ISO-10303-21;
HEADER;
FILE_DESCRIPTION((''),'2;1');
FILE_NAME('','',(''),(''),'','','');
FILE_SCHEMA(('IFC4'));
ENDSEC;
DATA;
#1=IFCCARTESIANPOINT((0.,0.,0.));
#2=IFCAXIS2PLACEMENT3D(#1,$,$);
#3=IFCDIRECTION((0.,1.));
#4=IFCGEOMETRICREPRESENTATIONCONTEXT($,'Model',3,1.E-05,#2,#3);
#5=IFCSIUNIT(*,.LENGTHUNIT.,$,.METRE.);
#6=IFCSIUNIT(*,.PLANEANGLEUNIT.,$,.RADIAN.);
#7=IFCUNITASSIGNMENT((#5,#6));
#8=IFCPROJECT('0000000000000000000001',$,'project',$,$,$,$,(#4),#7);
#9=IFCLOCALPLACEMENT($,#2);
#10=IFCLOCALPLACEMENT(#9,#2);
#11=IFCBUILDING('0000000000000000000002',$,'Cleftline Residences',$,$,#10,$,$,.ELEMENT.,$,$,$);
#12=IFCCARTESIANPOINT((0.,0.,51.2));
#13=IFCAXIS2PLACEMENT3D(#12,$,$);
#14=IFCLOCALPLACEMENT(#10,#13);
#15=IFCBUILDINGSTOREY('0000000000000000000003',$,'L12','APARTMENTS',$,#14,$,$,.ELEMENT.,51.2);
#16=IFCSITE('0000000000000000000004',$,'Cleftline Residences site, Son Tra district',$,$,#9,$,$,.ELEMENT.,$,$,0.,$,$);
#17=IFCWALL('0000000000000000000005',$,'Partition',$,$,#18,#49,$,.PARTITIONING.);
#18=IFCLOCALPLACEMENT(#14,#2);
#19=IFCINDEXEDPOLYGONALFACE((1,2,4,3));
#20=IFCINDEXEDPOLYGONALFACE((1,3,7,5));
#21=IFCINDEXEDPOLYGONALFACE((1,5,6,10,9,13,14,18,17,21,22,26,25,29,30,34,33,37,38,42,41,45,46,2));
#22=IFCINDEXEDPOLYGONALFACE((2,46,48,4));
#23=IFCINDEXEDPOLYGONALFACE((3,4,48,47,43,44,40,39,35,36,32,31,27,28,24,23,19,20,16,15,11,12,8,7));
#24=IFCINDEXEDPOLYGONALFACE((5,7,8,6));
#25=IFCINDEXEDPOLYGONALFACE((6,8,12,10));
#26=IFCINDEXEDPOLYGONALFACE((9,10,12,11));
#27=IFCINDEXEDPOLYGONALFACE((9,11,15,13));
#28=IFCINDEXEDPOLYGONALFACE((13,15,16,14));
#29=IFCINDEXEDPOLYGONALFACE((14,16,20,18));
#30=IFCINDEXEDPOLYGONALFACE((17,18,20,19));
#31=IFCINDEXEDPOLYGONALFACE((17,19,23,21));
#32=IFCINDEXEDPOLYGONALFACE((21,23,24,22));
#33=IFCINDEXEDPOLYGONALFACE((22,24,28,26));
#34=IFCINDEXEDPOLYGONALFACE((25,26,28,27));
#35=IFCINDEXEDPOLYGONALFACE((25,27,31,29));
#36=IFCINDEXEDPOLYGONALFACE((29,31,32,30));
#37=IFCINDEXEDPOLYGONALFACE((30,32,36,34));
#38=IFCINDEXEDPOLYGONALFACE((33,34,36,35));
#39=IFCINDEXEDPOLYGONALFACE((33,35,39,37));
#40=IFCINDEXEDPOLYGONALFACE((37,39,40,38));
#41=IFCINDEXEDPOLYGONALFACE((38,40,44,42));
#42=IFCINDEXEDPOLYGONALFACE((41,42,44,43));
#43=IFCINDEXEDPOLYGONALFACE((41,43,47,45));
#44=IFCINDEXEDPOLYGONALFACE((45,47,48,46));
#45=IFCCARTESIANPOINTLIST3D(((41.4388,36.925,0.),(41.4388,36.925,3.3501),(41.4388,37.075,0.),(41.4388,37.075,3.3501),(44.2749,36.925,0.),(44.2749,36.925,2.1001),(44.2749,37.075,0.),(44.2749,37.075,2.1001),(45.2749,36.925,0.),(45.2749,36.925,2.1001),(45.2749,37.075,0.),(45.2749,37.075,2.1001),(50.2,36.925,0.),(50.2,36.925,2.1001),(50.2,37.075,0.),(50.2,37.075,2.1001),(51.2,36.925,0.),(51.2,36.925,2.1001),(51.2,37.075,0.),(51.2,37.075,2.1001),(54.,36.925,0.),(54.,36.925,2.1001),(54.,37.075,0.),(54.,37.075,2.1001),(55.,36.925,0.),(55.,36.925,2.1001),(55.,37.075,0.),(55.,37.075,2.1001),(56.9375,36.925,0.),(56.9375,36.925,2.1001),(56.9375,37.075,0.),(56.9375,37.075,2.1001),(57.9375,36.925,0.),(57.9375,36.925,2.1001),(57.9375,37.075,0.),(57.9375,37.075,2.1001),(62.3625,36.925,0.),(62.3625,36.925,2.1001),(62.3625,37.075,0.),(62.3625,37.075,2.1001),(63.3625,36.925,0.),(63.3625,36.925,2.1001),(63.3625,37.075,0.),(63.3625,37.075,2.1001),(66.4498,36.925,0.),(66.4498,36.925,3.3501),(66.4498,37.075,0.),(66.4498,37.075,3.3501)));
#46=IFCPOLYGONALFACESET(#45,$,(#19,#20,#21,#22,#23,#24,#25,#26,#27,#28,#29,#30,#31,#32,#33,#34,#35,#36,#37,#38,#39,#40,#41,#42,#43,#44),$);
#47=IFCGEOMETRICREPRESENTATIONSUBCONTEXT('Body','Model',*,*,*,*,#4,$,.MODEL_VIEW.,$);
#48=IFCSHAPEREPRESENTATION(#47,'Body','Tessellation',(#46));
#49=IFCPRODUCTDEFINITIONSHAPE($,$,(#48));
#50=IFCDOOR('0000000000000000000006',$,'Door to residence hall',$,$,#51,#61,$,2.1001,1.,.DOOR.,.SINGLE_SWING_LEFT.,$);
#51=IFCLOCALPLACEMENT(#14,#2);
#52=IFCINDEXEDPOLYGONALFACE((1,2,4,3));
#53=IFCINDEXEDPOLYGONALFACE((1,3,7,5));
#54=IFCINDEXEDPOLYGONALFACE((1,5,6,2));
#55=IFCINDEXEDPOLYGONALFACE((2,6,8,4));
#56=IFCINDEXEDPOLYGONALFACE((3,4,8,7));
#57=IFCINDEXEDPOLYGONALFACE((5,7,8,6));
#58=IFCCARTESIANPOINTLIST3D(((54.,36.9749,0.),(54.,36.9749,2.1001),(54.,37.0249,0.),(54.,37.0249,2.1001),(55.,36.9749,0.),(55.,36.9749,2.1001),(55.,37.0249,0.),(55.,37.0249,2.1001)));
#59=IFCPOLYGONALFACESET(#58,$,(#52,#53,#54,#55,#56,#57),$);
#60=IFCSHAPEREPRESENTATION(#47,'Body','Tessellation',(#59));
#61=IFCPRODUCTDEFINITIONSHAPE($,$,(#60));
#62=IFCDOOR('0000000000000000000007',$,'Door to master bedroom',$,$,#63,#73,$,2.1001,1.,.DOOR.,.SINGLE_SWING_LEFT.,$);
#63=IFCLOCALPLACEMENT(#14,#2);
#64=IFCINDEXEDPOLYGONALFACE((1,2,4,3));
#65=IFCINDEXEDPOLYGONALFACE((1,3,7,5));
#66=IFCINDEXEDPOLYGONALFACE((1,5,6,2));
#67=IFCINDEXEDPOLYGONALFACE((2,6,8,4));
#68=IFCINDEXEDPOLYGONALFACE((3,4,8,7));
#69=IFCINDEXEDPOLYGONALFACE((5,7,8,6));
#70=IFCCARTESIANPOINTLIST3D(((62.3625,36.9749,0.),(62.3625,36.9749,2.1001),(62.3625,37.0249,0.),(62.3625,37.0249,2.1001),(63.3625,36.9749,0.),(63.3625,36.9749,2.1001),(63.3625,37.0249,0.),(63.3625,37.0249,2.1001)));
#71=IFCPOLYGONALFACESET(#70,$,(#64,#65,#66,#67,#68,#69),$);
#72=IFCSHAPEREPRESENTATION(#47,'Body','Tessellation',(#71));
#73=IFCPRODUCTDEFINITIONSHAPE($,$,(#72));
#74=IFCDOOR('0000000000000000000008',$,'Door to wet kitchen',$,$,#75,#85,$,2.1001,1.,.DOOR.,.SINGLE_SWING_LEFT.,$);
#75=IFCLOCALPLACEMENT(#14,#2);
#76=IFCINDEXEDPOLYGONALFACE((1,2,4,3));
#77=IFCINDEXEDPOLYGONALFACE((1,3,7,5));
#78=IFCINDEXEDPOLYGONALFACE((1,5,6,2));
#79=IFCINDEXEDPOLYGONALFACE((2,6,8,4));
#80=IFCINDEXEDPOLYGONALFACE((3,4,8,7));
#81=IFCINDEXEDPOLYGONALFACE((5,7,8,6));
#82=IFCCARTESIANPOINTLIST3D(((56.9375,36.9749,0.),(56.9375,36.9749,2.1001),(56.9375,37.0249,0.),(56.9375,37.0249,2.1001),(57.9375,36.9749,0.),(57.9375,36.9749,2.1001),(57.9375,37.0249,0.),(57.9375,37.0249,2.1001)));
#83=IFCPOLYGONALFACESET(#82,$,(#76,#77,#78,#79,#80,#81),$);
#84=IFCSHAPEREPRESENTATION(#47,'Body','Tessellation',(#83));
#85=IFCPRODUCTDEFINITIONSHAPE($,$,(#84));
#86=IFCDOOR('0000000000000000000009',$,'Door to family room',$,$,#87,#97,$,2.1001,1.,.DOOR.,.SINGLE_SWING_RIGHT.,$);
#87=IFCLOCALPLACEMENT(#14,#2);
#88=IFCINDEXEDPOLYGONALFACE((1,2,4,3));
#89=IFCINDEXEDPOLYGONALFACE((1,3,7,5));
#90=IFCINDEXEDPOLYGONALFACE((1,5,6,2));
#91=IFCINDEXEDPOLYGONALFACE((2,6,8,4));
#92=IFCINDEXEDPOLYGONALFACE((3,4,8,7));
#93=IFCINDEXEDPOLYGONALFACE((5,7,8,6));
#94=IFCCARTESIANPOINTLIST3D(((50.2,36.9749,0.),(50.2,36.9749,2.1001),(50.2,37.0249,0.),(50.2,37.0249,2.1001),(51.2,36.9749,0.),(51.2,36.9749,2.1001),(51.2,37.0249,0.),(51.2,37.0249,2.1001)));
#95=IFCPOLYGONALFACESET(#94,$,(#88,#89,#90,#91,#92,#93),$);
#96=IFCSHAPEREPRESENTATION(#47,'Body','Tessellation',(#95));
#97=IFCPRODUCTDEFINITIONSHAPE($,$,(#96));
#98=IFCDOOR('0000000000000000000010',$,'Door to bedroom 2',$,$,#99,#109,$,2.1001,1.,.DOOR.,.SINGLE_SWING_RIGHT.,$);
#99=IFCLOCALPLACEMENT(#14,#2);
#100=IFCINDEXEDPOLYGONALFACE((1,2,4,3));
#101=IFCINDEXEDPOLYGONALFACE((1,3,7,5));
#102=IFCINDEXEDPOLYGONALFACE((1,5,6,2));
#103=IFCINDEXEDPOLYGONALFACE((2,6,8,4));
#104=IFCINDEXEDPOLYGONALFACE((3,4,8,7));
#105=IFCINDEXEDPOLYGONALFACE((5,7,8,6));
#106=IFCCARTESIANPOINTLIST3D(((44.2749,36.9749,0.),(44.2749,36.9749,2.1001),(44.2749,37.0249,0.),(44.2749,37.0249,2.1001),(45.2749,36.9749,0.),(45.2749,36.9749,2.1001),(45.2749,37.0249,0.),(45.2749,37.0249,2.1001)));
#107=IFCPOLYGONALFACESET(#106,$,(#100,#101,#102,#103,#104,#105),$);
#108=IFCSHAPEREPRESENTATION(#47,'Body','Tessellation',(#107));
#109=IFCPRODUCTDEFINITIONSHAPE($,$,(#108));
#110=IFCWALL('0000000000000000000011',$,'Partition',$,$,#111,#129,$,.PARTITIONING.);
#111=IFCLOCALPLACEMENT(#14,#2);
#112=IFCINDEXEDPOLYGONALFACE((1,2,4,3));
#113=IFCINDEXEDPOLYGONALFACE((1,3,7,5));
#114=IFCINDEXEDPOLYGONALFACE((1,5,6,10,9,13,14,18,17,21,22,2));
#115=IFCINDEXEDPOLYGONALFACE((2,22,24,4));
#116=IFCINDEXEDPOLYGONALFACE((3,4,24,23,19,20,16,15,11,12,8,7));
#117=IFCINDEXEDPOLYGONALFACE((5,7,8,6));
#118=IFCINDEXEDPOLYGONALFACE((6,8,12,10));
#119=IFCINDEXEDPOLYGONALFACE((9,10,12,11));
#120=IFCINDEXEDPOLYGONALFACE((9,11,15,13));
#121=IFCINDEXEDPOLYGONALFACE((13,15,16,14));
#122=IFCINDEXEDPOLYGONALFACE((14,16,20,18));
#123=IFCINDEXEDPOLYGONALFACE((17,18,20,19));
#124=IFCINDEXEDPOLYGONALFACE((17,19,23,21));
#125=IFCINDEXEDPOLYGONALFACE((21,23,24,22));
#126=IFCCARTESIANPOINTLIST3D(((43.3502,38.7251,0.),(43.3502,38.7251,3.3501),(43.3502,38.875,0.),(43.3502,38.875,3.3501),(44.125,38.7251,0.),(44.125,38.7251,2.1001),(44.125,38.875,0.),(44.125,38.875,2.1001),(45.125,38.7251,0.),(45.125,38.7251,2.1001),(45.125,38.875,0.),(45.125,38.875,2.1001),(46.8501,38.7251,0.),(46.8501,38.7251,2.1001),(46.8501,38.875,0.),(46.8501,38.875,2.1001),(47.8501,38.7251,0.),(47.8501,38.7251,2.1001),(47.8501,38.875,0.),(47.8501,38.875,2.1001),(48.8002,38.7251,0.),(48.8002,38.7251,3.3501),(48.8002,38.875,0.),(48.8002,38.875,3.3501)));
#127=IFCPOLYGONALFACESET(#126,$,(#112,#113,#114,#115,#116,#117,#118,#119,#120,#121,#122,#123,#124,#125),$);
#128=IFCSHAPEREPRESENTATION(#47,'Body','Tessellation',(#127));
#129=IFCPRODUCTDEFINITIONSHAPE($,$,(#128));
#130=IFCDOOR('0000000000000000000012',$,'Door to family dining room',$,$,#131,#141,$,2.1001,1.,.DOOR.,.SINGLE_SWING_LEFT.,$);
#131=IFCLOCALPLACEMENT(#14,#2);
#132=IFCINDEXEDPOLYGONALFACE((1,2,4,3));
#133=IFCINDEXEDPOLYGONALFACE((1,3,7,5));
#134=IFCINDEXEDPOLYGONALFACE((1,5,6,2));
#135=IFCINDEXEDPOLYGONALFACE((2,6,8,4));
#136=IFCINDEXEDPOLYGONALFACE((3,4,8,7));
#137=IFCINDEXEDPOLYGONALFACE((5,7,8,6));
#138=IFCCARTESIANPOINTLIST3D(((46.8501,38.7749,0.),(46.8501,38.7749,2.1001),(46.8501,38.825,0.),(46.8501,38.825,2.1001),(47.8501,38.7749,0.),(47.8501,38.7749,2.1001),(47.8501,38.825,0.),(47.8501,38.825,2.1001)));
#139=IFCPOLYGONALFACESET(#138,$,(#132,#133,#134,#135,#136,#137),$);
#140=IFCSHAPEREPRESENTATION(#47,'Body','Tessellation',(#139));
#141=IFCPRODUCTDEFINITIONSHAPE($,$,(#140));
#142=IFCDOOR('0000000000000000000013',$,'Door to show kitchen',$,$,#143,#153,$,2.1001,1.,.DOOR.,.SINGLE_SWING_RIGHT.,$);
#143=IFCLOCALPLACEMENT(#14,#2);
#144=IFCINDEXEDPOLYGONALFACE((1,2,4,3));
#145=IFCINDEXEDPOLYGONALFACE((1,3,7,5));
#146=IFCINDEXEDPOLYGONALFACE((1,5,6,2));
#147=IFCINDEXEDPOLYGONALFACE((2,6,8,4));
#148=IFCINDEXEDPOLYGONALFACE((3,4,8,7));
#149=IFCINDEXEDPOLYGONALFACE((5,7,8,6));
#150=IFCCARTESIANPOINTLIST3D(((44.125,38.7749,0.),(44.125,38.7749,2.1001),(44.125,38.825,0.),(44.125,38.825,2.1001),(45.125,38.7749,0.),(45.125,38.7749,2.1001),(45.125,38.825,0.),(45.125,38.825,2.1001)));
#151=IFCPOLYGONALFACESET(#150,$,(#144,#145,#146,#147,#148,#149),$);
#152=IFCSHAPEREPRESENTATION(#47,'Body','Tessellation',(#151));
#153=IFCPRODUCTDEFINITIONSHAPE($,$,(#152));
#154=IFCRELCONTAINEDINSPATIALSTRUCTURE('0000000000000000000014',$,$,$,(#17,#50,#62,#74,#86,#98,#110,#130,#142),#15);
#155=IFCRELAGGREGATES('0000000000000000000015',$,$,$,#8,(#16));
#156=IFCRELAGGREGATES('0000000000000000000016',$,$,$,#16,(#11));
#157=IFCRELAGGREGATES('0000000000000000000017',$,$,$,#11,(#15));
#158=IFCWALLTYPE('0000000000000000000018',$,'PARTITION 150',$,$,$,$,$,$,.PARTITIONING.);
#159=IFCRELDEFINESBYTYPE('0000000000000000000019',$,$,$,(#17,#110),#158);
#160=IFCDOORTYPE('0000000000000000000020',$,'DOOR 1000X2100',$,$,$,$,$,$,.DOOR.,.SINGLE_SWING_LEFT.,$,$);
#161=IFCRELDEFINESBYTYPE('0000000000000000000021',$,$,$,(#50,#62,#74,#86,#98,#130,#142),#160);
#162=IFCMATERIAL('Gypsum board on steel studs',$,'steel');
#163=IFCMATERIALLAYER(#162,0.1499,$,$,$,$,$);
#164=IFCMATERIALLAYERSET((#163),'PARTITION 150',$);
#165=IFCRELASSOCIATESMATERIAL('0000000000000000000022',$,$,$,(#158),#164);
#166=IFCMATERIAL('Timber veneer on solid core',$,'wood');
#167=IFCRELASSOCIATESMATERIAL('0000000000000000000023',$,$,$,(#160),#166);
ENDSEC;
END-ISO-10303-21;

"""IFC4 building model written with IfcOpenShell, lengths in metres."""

from ifc_helpers import new_model, si_unit, direction, frame, frame_2d, origin, place, context, subcontext, project, spatial, rectangle, extrude, material, layer, layer_set, type_object, element, fill, save


model = new_model("IFC4")

# Units and contexts
model_context = context("Model", 3, precision=1e-05, world=origin(), true_north=direction((0.0, 1.0)))
body_context = subcontext(model_context, "Body", "Model", "MODEL_VIEW")
ifc_project = project(units=[si_unit("LENGTHUNIT", "METRE"), si_unit("PLANEANGLEUNIT", "RADIAN")], contexts=[model_context])

# Site, building, storey
site_placement = place(None, origin())
site = spatial("IfcSite", under=ifc_project, at=site_placement, Name="Cleftline Residences site, Son Tra district", CompositionType="ELEMENT", RefElevation=0.0)
building_placement = place(site_placement, origin())
building = spatial("IfcBuilding", under=site, at=building_placement, Name="Cleftline Residences", CompositionType="ELEMENT")
storey_placement = place(building_placement, frame((0.0, 0.0, 51.2)))
storey = spatial("IfcBuildingStorey", under=building, at=storey_placement, Name="L12", Description="APARTMENTS", CompositionType="ELEMENT", Elevation=51.2)

# Shared definitions
ifc_material_1 = material(Name="Gypsum board on steel studs", Category="steel")
ifc_layer_1 = layer(ifc_material_1, 0.1499)
ifc_layer_set_1 = layer_set([ifc_layer_1], Name="PARTITION 150")
wall_type = type_object("IfcWallType", Name="PARTITION 150", PredefinedType="PARTITIONING", material=ifc_layer_set_1)

# Walls, openings, doors
wall_1_placement = place(storey_placement, frame((41.439, 37.0, 0.0), z_axis=(0.0, 0.0, 1.0), x_axis=(1.0, 0.0, 0.0)))
wall_1 = element("IfcWall", 1, at=wall_1_placement, inside=storey, type_object=wall_type, Name="Partition", PredefinedType="PARTITIONING", context=body_context, shape_type="SweptSolid", body=[
    extrude(rectangle(XDim=25.011, YDim=0.1499, at=frame_2d((12.5054, 0.0))), origin(), (0.0, 0.0, 1.0), 3.3501),
])
opening_1_placement = place(wall_1_placement, frame((12.561, 0.0, 0.0)))
opening_1 = element("IfcOpeningElement", 2, at=opening_1_placement, cuts=wall_1, PredefinedType="OPENING", context=body_context, shape_type="SweptSolid", body=[
    extrude(rectangle(XDim=1.0, YDim=2.1001, at=frame_2d((0.5, 1.05))), frame((0.0, 0.085, 0.0), z_axis=(0.0, -1.0, 0.0), x_axis=(1.0, 0.0, 0.0)), (0.0, 0.0, 1.0), 0.1699),
])
opening_2_placement = place(wall_1_placement, frame((20.9236, 0.0, 0.0)))
opening_2 = element("IfcOpeningElement", 3, at=opening_2_placement, cuts=wall_1, PredefinedType="OPENING", context=body_context, shape_type="SweptSolid", body=[
    extrude(rectangle(XDim=1.0, YDim=2.1001, at=frame_2d((0.5, 1.05))), frame((0.0, 0.085, 0.0), z_axis=(0.0, -1.0, 0.0), x_axis=(1.0, 0.0, 0.0)), (0.0, 0.0, 1.0), 0.1699),
])
opening_3_placement = place(wall_1_placement, frame((15.4985, 0.0, 0.0)))
opening_3 = element("IfcOpeningElement", 4, at=opening_3_placement, cuts=wall_1, PredefinedType="OPENING", context=body_context, shape_type="SweptSolid", body=[
    extrude(rectangle(XDim=1.0, YDim=2.1001, at=frame_2d((0.5, 1.05))), frame((0.0, 0.085, 0.0), z_axis=(0.0, -1.0, 0.0), x_axis=(1.0, 0.0, 0.0)), (0.0, 0.0, 1.0), 0.1699),
])
opening_4_placement = place(wall_1_placement, frame((8.761, 0.0, 0.0)))
opening_4 = element("IfcOpeningElement", 5, at=opening_4_placement, cuts=wall_1, PredefinedType="OPENING", context=body_context, shape_type="SweptSolid", body=[
    extrude(rectangle(XDim=1.0, YDim=2.1001, at=frame_2d((0.5, 1.05))), frame((0.0, 0.085, 0.0), z_axis=(0.0, -1.0, 0.0), x_axis=(1.0, 0.0, 0.0)), (0.0, 0.0, 1.0), 0.1699),
])
opening_5_placement = place(wall_1_placement, frame((2.8359, 0.0, 0.0)))
opening_5 = element("IfcOpeningElement", 6, at=opening_5_placement, cuts=wall_1, PredefinedType="OPENING", context=body_context, shape_type="SweptSolid", body=[
    extrude(rectangle(XDim=1.0, YDim=2.1001, at=frame_2d((0.5, 1.05))), frame((0.0, 0.085, 0.0), z_axis=(0.0, -1.0, 0.0), x_axis=(1.0, 0.0, 0.0)), (0.0, 0.0, 1.0), 0.1699),
])
ifc_material_2 = material(Name="Timber veneer on solid core", Category="wood")
door_type = type_object("IfcDoorType", Name="DOOR 1000X2100", OperationType="SINGLE_SWING_LEFT", PredefinedType="DOOR", material=ifc_material_2)
door_1_placement = place(opening_1_placement, origin())
door_1 = element("IfcDoor", 7, at=door_1_placement, inside=storey, type_object=door_type, Name="Door to residence hall", OperationType="SINGLE_SWING_LEFT", OverallHeight=2.1001, OverallWidth=1.0, PredefinedType="DOOR", context=body_context, shape_type="SweptSolid", body=[
    extrude(rectangle(XDim=1.0, YDim=2.1001, at=frame_2d((0.5, 1.05))), frame((0.0, 0.0249, 0.0), z_axis=(0.0, -1.0, 0.0), x_axis=(1.0, 0.0, 0.0)), (0.0, 0.0, 1.0), 0.05),
])
fill(opening_1, door_1)
door_2_placement = place(opening_2_placement, origin())
door_2 = element("IfcDoor", 8, at=door_2_placement, inside=storey, type_object=door_type, Name="Door to master bedroom", OperationType="SINGLE_SWING_LEFT", OverallHeight=2.1001, OverallWidth=1.0, PredefinedType="DOOR", context=body_context, shape_type="SweptSolid", body=[
    extrude(rectangle(XDim=1.0, YDim=2.1001, at=frame_2d((0.5, 1.05))), frame((0.0, 0.0249, 0.0), z_axis=(0.0, -1.0, 0.0), x_axis=(1.0, 0.0, 0.0)), (0.0, 0.0, 1.0), 0.05),
])
fill(opening_2, door_2)
door_3_placement = place(opening_3_placement, origin())
door_3 = element("IfcDoor", 9, at=door_3_placement, inside=storey, type_object=door_type, Name="Door to wet kitchen", OperationType="SINGLE_SWING_LEFT", OverallHeight=2.1001, OverallWidth=1.0, PredefinedType="DOOR", context=body_context, shape_type="SweptSolid", body=[
    extrude(rectangle(XDim=1.0, YDim=2.1001, at=frame_2d((0.5, 1.05))), frame((0.0, 0.0249, 0.0), z_axis=(0.0, -1.0, 0.0), x_axis=(1.0, 0.0, 0.0)), (0.0, 0.0, 1.0), 0.05),
])
fill(opening_3, door_3)
door_4_placement = place(opening_4_placement, origin())
door_4 = element("IfcDoor", 10, at=door_4_placement, inside=storey, type_object=door_type, Name="Door to family room", OperationType="SINGLE_SWING_RIGHT", OverallHeight=2.1001, OverallWidth=1.0, PredefinedType="DOOR", context=body_context, shape_type="SweptSolid", body=[
    extrude(rectangle(XDim=1.0, YDim=2.1001, at=frame_2d((0.5, 1.05))), frame((0.0, 0.0249, 0.0), z_axis=(0.0, -1.0, 0.0), x_axis=(1.0, 0.0, 0.0)), (0.0, 0.0, 1.0), 0.05),
])
fill(opening_4, door_4)
door_5_placement = place(opening_5_placement, origin())
door_5 = element("IfcDoor", 11, at=door_5_placement, inside=storey, type_object=door_type, Name="Door to bedroom 2", OperationType="SINGLE_SWING_RIGHT", OverallHeight=2.1001, OverallWidth=1.0, PredefinedType="DOOR", context=body_context, shape_type="SweptSolid", body=[
    extrude(rectangle(XDim=1.0, YDim=2.1001, at=frame_2d((0.5, 1.05))), frame((0.0, 0.0249, 0.0), z_axis=(0.0, -1.0, 0.0), x_axis=(1.0, 0.0, 0.0)), (0.0, 0.0, 1.0), 0.05),
])
fill(opening_5, door_5)
wall_2_placement = place(storey_placement, frame((43.3501, 38.8, 0.0), z_axis=(0.0, 0.0, 1.0), x_axis=(1.0, 0.0, 0.0)))
wall_2 = element("IfcWall", 12, at=wall_2_placement, inside=storey, type_object=wall_type, Name="Partition", PredefinedType="PARTITIONING", context=body_context, shape_type="SweptSolid", body=[
    extrude(rectangle(XDim=5.45, YDim=0.1499, at=frame_2d((2.7251, 0.0))), origin(), (0.0, 0.0, 1.0), 3.3501),
])
opening_6_placement = place(wall_2_placement, frame((3.5, 0.0, 0.0)))
opening_6 = element("IfcOpeningElement", 13, at=opening_6_placement, cuts=wall_2, PredefinedType="OPENING", context=body_context, shape_type="SweptSolid", body=[
    extrude(rectangle(XDim=1.0, YDim=2.1001, at=frame_2d((0.5, 1.05))), frame((0.0, 0.085, 0.0), z_axis=(0.0, -1.0, 0.0), x_axis=(1.0, 0.0, 0.0)), (0.0, 0.0, 1.0), 0.1699),
])
opening_7_placement = place(wall_2_placement, frame((0.7749, 0.0, 0.0)))
opening_7 = element("IfcOpeningElement", 14, at=opening_7_placement, cuts=wall_2, PredefinedType="OPENING", context=body_context, shape_type="SweptSolid", body=[
    extrude(rectangle(XDim=1.0, YDim=2.1001, at=frame_2d((0.5, 1.05))), frame((0.0, 0.085, 0.0), z_axis=(0.0, -1.0, 0.0), x_axis=(1.0, 0.0, 0.0)), (0.0, 0.0, 1.0), 0.1699),
])
door_6_placement = place(opening_6_placement, origin())
door_6 = element("IfcDoor", 15, at=door_6_placement, inside=storey, type_object=door_type, Name="Door to family dining room", OperationType="SINGLE_SWING_LEFT", OverallHeight=2.1001, OverallWidth=1.0, PredefinedType="DOOR", context=body_context, shape_type="SweptSolid", body=[
    extrude(rectangle(XDim=1.0, YDim=2.1001, at=frame_2d((0.5, 1.05))), frame((0.0, 0.0249, 0.0), z_axis=(0.0, -1.0, 0.0), x_axis=(1.0, 0.0, 0.0)), (0.0, 0.0, 1.0), 0.05),
])
fill(opening_6, door_6)
door_7_placement = place(opening_7_placement, origin())
door_7 = element("IfcDoor", 16, at=door_7_placement, inside=storey, type_object=door_type, Name="Door to show kitchen", OperationType="SINGLE_SWING_RIGHT", OverallHeight=2.1001, OverallWidth=1.0, PredefinedType="DOOR", context=body_context, shape_type="SweptSolid", body=[
    extrude(rectangle(XDim=1.0, YDim=2.1001, at=frame_2d((0.5, 1.05))), frame((0.0, 0.0249, 0.0), z_axis=(0.0, -1.0, 0.0), x_axis=(1.0, 0.0, 0.0)), (0.0, 0.0, 1.0), 0.05),
])
fill(opening_7, door_7)

save(model, "model.ifc")
